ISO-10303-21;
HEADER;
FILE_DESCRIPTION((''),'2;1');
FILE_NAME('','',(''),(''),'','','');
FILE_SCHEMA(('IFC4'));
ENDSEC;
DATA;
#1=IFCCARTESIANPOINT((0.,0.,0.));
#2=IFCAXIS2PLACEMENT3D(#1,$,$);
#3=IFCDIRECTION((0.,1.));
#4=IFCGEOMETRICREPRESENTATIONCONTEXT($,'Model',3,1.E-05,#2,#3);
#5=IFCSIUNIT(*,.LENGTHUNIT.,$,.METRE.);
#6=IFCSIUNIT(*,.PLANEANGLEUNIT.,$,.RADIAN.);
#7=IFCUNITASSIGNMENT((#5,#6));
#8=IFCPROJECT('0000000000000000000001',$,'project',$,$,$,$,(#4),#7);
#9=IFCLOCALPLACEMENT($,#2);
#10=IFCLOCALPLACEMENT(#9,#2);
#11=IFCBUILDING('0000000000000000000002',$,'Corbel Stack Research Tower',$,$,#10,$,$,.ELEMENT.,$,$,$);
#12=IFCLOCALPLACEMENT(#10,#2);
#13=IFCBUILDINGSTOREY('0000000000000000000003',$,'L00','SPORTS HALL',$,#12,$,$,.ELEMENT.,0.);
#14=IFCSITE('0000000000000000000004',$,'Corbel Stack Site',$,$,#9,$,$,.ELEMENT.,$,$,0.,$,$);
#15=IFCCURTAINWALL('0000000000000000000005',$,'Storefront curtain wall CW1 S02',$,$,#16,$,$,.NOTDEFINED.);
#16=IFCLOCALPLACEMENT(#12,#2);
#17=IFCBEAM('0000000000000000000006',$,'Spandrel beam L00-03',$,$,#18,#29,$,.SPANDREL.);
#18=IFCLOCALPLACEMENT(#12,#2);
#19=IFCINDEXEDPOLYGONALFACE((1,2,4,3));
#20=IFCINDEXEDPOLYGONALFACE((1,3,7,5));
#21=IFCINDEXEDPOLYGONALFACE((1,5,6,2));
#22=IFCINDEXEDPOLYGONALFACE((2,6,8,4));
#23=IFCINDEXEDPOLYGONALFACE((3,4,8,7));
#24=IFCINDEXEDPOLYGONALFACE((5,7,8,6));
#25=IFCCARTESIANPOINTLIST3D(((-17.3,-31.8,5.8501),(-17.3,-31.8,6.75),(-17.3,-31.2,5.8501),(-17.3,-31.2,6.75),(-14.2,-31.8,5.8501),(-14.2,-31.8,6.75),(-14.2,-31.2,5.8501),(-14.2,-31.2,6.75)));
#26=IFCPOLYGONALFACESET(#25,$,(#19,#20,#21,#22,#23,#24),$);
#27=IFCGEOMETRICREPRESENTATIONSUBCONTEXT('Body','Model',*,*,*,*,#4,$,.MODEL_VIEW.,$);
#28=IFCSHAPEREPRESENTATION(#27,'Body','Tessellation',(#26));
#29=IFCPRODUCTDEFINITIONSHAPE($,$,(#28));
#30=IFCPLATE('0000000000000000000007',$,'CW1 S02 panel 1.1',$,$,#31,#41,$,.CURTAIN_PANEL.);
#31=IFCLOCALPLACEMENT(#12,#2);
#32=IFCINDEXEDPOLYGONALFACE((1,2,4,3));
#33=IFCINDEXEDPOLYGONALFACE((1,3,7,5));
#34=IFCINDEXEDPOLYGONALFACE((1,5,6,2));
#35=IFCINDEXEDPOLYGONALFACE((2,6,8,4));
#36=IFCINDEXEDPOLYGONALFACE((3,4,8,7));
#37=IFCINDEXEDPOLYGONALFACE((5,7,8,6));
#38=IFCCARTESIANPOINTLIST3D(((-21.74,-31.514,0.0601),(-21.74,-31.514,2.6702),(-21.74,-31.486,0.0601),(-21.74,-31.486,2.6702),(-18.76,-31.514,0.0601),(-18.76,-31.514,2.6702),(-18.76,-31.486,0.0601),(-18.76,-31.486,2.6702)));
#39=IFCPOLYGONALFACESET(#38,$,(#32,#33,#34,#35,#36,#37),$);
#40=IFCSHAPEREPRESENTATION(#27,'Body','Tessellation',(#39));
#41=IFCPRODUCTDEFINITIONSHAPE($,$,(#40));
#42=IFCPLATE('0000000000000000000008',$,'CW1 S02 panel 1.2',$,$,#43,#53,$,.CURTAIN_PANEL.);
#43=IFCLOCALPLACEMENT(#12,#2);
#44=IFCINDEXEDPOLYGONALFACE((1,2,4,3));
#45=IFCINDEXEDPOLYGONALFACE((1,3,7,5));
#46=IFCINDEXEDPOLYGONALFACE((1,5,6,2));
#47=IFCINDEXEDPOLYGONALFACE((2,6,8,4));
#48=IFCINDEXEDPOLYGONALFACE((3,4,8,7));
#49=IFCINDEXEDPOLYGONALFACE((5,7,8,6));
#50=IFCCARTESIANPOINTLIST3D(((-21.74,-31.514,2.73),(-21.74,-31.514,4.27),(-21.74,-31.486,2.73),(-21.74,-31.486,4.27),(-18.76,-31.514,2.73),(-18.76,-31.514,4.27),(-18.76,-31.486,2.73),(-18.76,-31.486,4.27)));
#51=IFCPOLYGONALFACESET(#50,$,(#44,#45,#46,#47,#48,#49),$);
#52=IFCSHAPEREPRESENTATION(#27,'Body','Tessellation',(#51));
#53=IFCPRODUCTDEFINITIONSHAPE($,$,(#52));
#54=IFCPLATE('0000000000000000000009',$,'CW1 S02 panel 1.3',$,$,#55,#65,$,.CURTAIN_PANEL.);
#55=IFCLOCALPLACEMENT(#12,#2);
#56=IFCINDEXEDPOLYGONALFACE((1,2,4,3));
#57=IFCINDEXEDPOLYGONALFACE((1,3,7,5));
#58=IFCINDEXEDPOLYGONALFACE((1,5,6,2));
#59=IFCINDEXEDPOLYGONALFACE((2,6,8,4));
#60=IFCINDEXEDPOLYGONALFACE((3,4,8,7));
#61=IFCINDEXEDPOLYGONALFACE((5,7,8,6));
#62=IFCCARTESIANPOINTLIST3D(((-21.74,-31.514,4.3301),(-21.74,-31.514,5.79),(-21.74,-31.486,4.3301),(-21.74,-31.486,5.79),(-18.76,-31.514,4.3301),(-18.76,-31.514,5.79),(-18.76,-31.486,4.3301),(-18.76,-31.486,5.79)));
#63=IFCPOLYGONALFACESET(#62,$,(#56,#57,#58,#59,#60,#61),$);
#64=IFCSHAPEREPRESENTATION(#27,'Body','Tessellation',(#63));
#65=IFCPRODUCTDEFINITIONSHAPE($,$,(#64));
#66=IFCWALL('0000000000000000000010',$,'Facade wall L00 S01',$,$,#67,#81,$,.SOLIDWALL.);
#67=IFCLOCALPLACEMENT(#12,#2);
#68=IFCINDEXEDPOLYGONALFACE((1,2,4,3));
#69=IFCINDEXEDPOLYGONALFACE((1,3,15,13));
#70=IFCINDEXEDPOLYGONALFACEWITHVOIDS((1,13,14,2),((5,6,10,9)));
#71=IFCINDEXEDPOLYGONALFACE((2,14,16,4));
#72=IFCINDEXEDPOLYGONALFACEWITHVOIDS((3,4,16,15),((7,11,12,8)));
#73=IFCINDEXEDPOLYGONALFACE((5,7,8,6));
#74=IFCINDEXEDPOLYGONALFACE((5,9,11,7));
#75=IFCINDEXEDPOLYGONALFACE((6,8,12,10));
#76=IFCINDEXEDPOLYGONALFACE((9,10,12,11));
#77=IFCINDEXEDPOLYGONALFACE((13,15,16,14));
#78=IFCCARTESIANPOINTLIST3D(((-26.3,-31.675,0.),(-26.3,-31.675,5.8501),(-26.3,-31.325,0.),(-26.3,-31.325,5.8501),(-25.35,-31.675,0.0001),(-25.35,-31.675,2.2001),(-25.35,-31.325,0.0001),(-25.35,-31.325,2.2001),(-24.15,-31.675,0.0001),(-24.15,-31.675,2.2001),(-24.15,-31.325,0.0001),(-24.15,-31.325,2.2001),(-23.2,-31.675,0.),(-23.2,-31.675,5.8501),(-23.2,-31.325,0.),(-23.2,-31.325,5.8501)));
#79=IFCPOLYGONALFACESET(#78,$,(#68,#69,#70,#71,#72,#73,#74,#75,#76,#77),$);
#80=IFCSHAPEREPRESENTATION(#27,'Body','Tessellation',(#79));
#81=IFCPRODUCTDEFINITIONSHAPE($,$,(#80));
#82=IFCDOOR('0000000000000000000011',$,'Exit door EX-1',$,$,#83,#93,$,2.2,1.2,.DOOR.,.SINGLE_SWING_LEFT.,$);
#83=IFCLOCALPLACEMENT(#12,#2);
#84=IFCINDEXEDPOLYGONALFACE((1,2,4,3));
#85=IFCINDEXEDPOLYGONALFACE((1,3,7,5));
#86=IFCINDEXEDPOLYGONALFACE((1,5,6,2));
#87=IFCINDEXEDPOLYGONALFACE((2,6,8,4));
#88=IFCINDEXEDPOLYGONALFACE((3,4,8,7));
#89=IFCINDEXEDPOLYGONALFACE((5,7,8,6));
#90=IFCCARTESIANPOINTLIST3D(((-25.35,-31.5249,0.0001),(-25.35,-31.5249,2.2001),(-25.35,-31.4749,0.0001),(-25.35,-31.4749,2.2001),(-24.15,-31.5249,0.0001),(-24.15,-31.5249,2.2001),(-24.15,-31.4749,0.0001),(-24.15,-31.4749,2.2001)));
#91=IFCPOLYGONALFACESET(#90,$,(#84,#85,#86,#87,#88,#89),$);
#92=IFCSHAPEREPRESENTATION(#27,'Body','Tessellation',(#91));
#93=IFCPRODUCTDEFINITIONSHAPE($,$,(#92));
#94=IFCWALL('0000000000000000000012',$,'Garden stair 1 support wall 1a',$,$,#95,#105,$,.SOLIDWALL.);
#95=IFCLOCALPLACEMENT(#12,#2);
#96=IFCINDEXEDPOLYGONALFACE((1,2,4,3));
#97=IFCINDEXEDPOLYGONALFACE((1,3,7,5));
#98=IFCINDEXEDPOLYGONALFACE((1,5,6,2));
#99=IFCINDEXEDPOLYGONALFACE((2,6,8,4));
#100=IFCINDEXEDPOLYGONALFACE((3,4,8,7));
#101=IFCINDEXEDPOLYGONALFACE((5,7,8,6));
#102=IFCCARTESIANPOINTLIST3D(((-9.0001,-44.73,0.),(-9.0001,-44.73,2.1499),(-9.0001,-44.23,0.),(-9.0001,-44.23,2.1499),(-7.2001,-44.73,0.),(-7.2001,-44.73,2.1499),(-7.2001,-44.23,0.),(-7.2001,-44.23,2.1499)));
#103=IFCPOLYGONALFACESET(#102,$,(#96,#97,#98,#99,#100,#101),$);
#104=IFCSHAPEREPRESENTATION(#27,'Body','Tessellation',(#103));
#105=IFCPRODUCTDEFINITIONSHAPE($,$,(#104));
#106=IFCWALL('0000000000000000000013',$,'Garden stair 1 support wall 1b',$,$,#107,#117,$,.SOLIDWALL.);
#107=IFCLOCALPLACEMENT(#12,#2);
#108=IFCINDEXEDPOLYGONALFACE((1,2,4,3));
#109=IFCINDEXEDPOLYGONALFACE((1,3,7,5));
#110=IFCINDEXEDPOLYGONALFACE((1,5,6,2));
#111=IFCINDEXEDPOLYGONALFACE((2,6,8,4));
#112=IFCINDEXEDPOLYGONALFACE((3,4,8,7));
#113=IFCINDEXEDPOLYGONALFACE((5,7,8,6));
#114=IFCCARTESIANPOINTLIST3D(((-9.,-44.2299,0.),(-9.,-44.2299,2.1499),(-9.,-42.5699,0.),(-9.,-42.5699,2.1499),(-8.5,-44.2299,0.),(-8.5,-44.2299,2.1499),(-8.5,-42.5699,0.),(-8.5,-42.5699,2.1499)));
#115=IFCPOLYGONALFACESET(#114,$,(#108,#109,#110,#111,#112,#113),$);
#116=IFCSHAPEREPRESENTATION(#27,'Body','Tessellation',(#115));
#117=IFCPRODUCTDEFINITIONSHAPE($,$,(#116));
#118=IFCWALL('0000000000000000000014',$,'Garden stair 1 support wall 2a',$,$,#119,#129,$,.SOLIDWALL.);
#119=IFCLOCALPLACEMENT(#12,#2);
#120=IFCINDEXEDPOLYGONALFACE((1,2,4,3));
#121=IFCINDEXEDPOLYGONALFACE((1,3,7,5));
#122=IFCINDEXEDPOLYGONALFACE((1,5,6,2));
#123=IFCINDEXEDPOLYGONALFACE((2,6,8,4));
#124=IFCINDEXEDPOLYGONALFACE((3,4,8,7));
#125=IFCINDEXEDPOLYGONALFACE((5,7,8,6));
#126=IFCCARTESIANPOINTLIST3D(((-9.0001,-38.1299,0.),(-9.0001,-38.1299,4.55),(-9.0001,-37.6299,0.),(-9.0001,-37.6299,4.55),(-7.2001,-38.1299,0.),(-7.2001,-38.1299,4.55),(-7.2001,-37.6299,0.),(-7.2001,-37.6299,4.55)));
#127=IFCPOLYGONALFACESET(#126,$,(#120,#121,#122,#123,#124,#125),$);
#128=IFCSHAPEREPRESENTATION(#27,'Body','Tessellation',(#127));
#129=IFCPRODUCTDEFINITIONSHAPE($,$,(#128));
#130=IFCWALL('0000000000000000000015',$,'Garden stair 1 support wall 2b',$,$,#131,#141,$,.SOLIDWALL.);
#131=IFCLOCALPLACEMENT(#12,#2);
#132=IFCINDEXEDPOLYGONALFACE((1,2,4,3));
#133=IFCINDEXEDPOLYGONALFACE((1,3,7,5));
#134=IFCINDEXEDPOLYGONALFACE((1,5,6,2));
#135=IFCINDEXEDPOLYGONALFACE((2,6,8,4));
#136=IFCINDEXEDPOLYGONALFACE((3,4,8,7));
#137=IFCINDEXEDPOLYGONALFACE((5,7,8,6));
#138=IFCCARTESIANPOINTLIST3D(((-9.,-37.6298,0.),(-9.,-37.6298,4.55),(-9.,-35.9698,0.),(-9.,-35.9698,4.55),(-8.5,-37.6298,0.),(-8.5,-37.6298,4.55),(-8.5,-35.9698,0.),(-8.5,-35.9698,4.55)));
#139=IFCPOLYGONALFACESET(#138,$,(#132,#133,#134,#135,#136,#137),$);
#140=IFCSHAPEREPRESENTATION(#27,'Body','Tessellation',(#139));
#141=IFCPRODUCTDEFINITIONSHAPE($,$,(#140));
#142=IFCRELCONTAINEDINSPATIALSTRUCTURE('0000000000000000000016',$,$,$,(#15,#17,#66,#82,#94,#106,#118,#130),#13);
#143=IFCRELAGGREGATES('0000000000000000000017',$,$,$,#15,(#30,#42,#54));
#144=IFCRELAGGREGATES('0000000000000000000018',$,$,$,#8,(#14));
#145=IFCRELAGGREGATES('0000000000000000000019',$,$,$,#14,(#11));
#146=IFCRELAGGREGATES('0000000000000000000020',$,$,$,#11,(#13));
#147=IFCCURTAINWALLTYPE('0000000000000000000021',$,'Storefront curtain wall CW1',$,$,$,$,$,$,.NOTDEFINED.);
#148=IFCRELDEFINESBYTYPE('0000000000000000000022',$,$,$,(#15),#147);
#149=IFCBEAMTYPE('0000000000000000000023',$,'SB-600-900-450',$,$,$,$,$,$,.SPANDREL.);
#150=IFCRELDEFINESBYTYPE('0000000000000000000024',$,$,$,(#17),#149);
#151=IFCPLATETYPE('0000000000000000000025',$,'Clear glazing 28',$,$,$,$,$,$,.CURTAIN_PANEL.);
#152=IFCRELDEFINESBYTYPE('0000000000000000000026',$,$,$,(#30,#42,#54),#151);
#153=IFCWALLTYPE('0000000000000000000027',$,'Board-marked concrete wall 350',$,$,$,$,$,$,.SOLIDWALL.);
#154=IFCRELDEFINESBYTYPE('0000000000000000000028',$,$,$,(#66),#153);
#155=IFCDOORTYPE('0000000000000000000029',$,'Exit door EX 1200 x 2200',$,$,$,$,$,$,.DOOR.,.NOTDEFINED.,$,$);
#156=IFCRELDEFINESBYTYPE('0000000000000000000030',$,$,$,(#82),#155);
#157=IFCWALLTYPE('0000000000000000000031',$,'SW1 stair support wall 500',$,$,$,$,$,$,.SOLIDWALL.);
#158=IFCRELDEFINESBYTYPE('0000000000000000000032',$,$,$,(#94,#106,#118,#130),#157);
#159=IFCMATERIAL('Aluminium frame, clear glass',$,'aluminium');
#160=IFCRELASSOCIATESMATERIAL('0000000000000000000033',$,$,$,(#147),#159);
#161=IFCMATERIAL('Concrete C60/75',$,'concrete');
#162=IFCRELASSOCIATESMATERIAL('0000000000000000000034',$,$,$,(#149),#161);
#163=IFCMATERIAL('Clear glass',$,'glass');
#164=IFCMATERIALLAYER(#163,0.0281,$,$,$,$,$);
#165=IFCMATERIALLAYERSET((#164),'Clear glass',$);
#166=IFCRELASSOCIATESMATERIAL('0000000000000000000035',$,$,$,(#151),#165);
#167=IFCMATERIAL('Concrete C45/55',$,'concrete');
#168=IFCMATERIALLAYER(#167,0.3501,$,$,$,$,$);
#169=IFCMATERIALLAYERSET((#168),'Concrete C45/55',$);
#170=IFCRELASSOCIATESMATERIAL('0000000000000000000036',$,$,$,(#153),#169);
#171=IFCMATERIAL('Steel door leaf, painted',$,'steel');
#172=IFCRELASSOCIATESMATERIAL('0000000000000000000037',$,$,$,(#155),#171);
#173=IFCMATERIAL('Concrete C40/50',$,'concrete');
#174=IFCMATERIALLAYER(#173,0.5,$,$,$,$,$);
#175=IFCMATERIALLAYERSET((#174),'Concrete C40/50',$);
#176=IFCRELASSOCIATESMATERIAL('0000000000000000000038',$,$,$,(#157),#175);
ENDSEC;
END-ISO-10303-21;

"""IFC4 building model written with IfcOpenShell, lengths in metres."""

from ifc_helpers import new_model, si_unit, direction, frame, frame_2d, origin, origin_2d, place, context, subcontext, project, spatial, rectangle, extrude, material, layer, layer_set, material_profile, profile_set, type_object, element, fill, aggregate, save


model = new_model("IFC4")

# Units and contexts
model_context = context("Model", 3, precision=1e-05, world=origin(), true_north=direction((0.0, 1.0)))
body_context = subcontext(model_context, "Body", "Model", "MODEL_VIEW")
ifc_project = project(units=[si_unit("LENGTHUNIT", "METRE"), si_unit("PLANEANGLEUNIT", "RADIAN")], contexts=[model_context])

# Site, building, storey
site_placement = place(None, origin())
site = spatial("IfcSite", under=ifc_project, at=site_placement, Name="Corbel Stack Site", CompositionType="ELEMENT", RefElevation=0.0)
building_placement = place(site_placement, origin())
building = spatial("IfcBuilding", under=site, at=building_placement, Name="Corbel Stack Research Tower", CompositionType="ELEMENT")
storey_placement = place(building_placement, origin())
storey = spatial("IfcBuildingStorey", under=building, at=storey_placement, Name="L00", Description="SPORTS HALL", CompositionType="ELEMENT", Elevation=0.0)

# Curtain wall
ifc_material_1 = material(Name="Aluminium frame, clear glass", Category="aluminium")
curtain_wall_type = type_object("IfcCurtainWallType", Name="Storefront curtain wall CW1", PredefinedType="NOTDEFINED", material=ifc_material_1)
curtain_wall_1_placement = place(storey_placement, origin())
curtain_wall_1 = element("IfcCurtainWall", 1, at=curtain_wall_1_placement, inside=storey, type_object=curtain_wall_type, Name="Storefront curtain wall CW1 S02", PredefinedType="NOTDEFINED")

# Beam
ifc_material_2 = material(Name="Concrete C60/75", Category="concrete")
ifc_material_profile_1 = material_profile(ifc_material_2, rectangle(XDim=0.6001, YDim=0.8999, at=origin_2d()), Name="RC 600 x 900")
ifc_profile_set_1 = profile_set([ifc_material_profile_1], Name="Concrete C60/75")
beam_type = type_object("IfcBeamType", Name="SB-600-900-450", PredefinedType="SPANDREL", material=ifc_profile_set_1)
for number, where, z_axis, x_axis, name in (
    (2, (-17.3, -31.5, 6.3), (1.0, 0.0, 0.0), (0.0, 1.0, 0.0), "Spandrel beam L00-03"),
):
    element("IfcBeam", number, at=place(storey_placement, frame(where, z_axis=z_axis, x_axis=x_axis)), inside=storey, type_object=beam_type, Name=name, PredefinedType="SPANDREL", context=body_context, shape_type="SweptSolid", body=[
        extrude(rectangle(XDim=0.6001, YDim=0.8999, at=origin_2d()), origin(), (0.0, 0.0, 1.0), 3.1001),
    ])

# Plates
ifc_material_3 = material(Name="Clear glass", Category="glass")
ifc_layer_1 = layer(ifc_material_3, 0.0281)
ifc_layer_set_1 = layer_set([ifc_layer_1], Name="Clear glass")
plate_type = type_object("IfcPlateType", Name="Clear glazing 28", PredefinedType="CURTAIN_PANEL", material=ifc_layer_set_1)
plate_1_placement = place(storey_placement, frame((-20.25, -31.5, 0.0601), z_axis=(0.0, 0.0, 1.0), x_axis=(1.0, 0.0, 0.0)))
plate_1 = element("IfcPlate", 3, at=plate_1_placement, type_object=plate_type, Name="CW1 S02 panel 1.1", PredefinedType="CURTAIN_PANEL", context=body_context, shape_type="SweptSolid", body=[
    extrude(rectangle(XDim=2.98, YDim=0.0281, at=origin_2d()), origin(), (0.0, 0.0, 1.0), 2.6101),
])
plate_2_placement = place(storey_placement, frame((-20.25, -31.5, 2.73), z_axis=(0.0, 0.0, 1.0), x_axis=(1.0, 0.0, 0.0)))
plate_2 = element("IfcPlate", 4, at=plate_2_placement, type_object=plate_type, Name="CW1 S02 panel 1.2", PredefinedType="CURTAIN_PANEL", context=body_context, shape_type="SweptSolid", body=[
    extrude(rectangle(XDim=2.98, YDim=0.0281, at=origin_2d()), origin(), (0.0, 0.0, 1.0), 1.54),
])
plate_3_placement = place(storey_placement, frame((-20.25, -31.5, 4.3301), z_axis=(0.0, 0.0, 1.0), x_axis=(1.0, 0.0, 0.0)))
plate_3 = element("IfcPlate", 5, at=plate_3_placement, type_object=plate_type, Name="CW1 S02 panel 1.3", PredefinedType="CURTAIN_PANEL", context=body_context, shape_type="SweptSolid", body=[
    extrude(rectangle(XDim=2.98, YDim=0.0281, at=origin_2d()), origin(), (0.0, 0.0, 1.0), 1.46),
])
aggregate(curtain_wall_1, [plate_1, plate_2, plate_3])

# Wall, opening, door
ifc_material_4 = material(Name="Concrete C45/55", Category="concrete")
ifc_layer_2 = layer(ifc_material_4, 0.3501)
ifc_layer_set_2 = layer_set([ifc_layer_2], Name="Concrete C45/55")
wall_type_1 = type_object("IfcWallType", Name="Board-marked concrete wall 350", PredefinedType="SOLIDWALL", material=ifc_layer_set_2)
wall_1_placement = place(storey_placement, frame((-23.2, -31.5, 0.0), z_axis=(0.0, 0.0, 1.0), x_axis=(-1.0, 0.0, 0.0)))
wall_1 = element("IfcWall", 6, at=wall_1_placement, inside=storey, type_object=wall_type_1, Name="Facade wall L00 S01", PredefinedType="SOLIDWALL", context=body_context, shape_type="SweptSolid", body=[
    extrude(rectangle(XDim=3.1001, YDim=0.3501, at=frame_2d((1.55, 0.0))), origin(), (0.0, 0.0, 1.0), 5.8501),
])
opening_placement = place(wall_1_placement, frame((0.95, 0.0, 0.0)))
opening = element("IfcOpeningElement", 7, at=opening_placement, cuts=wall_1, PredefinedType="OPENING", context=body_context, shape_type="SweptSolid", body=[
    extrude(rectangle(XDim=1.2, YDim=2.2, at=frame_2d((0.6001, 1.1001))), frame((0.0, 0.1851, 0.0), z_axis=(0.0, -1.0, 0.0), x_axis=(1.0, 0.0, 0.0)), (0.0, 0.0, 1.0), 0.3701),
])
ifc_material_5 = material(Name="Steel door leaf, painted", Category="steel")
door_type = type_object("IfcDoorType", Name="Exit door EX 1200 x 2200", OperationType="NOTDEFINED", PredefinedType="DOOR", material=ifc_material_5)
door_placement = place(opening_placement, origin())
door = element("IfcDoor", 8, at=door_placement, inside=storey, type_object=door_type, Name="Exit door EX-1", OperationType="SINGLE_SWING_LEFT", OverallHeight=2.2, OverallWidth=1.2, PredefinedType="DOOR", context=body_context, shape_type="SweptSolid", body=[
    extrude(rectangle(XDim=1.2, YDim=2.2, at=frame_2d((0.6001, 1.1001))), frame((0.0, 0.0249, 0.0), z_axis=(0.0, -1.0, 0.0), x_axis=(1.0, 0.0, 0.0)), (0.0, 0.0, 1.0), 0.05),
])
fill(opening, door)

# Walls
ifc_material_6 = material(Name="Concrete C40/50", Category="concrete")
ifc_layer_3 = layer(ifc_material_6, 0.5)
ifc_layer_set_3 = layer_set([ifc_layer_3], Name="Concrete C40/50")
wall_type_2 = type_object("IfcWallType", Name="SW1 stair support wall 500", PredefinedType="SOLIDWALL", material=ifc_layer_set_3)
wall_2_placement = place(storey_placement, frame((-9.0, -44.48, 0.0), z_axis=(0.0, 0.0, 1.0), x_axis=(1.0, 0.0, 0.0)))
element("IfcWall", 9, at=wall_2_placement, inside=storey, type_object=wall_type_2, Name="Garden stair 1 support wall 1a", PredefinedType="SOLIDWALL", context=body_context, shape_type="SweptSolid", body=[
    extrude(rectangle(XDim=1.8, YDim=0.5, at=frame_2d((0.8999, 0.0))), origin(), (0.0, 0.0, 1.0), 2.1499),
])
wall_3_placement = place(storey_placement, frame((-8.75, -44.23, 0.0), z_axis=(0.0, 0.0, 1.0), x_axis=(0.0, 1.0, 0.0)))
element("IfcWall", 10, at=wall_3_placement, inside=storey, type_object=wall_type_2, Name="Garden stair 1 support wall 1b", PredefinedType="SOLIDWALL", context=body_context, shape_type="SweptSolid", body=[
    extrude(rectangle(XDim=1.6599, YDim=0.5, at=frame_2d((0.8301, 0.0))), origin(), (0.0, 0.0, 1.0), 2.1499),
])
wall_4_placement = place(storey_placement, frame((-9.0, -37.8799, 0.0), z_axis=(0.0, 0.0, 1.0), x_axis=(1.0, 0.0, 0.0)))
element("IfcWall", 11, at=wall_4_placement, inside=storey, type_object=wall_type_2, Name="Garden stair 1 support wall 2a", PredefinedType="SOLIDWALL", context=body_context, shape_type="SweptSolid", body=[
    extrude(rectangle(XDim=1.8, YDim=0.5, at=frame_2d((0.8999, 0.0))), origin(), (0.0, 0.0, 1.0), 4.55),
])
wall_5_placement = place(storey_placement, frame((-8.75, -37.6299, 0.0), z_axis=(0.0, 0.0, 1.0), x_axis=(0.0, 1.0, 0.0)))
element("IfcWall", 12, at=wall_5_placement, inside=storey, type_object=wall_type_2, Name="Garden stair 1 support wall 2b", PredefinedType="SOLIDWALL", context=body_context, shape_type="SweptSolid", body=[
    extrude(rectangle(XDim=1.6599, YDim=0.5, at=frame_2d((0.8301, 0.0))), origin(), (0.0, 0.0, 1.0), 4.55),
])

save(model, "model.ifc")
